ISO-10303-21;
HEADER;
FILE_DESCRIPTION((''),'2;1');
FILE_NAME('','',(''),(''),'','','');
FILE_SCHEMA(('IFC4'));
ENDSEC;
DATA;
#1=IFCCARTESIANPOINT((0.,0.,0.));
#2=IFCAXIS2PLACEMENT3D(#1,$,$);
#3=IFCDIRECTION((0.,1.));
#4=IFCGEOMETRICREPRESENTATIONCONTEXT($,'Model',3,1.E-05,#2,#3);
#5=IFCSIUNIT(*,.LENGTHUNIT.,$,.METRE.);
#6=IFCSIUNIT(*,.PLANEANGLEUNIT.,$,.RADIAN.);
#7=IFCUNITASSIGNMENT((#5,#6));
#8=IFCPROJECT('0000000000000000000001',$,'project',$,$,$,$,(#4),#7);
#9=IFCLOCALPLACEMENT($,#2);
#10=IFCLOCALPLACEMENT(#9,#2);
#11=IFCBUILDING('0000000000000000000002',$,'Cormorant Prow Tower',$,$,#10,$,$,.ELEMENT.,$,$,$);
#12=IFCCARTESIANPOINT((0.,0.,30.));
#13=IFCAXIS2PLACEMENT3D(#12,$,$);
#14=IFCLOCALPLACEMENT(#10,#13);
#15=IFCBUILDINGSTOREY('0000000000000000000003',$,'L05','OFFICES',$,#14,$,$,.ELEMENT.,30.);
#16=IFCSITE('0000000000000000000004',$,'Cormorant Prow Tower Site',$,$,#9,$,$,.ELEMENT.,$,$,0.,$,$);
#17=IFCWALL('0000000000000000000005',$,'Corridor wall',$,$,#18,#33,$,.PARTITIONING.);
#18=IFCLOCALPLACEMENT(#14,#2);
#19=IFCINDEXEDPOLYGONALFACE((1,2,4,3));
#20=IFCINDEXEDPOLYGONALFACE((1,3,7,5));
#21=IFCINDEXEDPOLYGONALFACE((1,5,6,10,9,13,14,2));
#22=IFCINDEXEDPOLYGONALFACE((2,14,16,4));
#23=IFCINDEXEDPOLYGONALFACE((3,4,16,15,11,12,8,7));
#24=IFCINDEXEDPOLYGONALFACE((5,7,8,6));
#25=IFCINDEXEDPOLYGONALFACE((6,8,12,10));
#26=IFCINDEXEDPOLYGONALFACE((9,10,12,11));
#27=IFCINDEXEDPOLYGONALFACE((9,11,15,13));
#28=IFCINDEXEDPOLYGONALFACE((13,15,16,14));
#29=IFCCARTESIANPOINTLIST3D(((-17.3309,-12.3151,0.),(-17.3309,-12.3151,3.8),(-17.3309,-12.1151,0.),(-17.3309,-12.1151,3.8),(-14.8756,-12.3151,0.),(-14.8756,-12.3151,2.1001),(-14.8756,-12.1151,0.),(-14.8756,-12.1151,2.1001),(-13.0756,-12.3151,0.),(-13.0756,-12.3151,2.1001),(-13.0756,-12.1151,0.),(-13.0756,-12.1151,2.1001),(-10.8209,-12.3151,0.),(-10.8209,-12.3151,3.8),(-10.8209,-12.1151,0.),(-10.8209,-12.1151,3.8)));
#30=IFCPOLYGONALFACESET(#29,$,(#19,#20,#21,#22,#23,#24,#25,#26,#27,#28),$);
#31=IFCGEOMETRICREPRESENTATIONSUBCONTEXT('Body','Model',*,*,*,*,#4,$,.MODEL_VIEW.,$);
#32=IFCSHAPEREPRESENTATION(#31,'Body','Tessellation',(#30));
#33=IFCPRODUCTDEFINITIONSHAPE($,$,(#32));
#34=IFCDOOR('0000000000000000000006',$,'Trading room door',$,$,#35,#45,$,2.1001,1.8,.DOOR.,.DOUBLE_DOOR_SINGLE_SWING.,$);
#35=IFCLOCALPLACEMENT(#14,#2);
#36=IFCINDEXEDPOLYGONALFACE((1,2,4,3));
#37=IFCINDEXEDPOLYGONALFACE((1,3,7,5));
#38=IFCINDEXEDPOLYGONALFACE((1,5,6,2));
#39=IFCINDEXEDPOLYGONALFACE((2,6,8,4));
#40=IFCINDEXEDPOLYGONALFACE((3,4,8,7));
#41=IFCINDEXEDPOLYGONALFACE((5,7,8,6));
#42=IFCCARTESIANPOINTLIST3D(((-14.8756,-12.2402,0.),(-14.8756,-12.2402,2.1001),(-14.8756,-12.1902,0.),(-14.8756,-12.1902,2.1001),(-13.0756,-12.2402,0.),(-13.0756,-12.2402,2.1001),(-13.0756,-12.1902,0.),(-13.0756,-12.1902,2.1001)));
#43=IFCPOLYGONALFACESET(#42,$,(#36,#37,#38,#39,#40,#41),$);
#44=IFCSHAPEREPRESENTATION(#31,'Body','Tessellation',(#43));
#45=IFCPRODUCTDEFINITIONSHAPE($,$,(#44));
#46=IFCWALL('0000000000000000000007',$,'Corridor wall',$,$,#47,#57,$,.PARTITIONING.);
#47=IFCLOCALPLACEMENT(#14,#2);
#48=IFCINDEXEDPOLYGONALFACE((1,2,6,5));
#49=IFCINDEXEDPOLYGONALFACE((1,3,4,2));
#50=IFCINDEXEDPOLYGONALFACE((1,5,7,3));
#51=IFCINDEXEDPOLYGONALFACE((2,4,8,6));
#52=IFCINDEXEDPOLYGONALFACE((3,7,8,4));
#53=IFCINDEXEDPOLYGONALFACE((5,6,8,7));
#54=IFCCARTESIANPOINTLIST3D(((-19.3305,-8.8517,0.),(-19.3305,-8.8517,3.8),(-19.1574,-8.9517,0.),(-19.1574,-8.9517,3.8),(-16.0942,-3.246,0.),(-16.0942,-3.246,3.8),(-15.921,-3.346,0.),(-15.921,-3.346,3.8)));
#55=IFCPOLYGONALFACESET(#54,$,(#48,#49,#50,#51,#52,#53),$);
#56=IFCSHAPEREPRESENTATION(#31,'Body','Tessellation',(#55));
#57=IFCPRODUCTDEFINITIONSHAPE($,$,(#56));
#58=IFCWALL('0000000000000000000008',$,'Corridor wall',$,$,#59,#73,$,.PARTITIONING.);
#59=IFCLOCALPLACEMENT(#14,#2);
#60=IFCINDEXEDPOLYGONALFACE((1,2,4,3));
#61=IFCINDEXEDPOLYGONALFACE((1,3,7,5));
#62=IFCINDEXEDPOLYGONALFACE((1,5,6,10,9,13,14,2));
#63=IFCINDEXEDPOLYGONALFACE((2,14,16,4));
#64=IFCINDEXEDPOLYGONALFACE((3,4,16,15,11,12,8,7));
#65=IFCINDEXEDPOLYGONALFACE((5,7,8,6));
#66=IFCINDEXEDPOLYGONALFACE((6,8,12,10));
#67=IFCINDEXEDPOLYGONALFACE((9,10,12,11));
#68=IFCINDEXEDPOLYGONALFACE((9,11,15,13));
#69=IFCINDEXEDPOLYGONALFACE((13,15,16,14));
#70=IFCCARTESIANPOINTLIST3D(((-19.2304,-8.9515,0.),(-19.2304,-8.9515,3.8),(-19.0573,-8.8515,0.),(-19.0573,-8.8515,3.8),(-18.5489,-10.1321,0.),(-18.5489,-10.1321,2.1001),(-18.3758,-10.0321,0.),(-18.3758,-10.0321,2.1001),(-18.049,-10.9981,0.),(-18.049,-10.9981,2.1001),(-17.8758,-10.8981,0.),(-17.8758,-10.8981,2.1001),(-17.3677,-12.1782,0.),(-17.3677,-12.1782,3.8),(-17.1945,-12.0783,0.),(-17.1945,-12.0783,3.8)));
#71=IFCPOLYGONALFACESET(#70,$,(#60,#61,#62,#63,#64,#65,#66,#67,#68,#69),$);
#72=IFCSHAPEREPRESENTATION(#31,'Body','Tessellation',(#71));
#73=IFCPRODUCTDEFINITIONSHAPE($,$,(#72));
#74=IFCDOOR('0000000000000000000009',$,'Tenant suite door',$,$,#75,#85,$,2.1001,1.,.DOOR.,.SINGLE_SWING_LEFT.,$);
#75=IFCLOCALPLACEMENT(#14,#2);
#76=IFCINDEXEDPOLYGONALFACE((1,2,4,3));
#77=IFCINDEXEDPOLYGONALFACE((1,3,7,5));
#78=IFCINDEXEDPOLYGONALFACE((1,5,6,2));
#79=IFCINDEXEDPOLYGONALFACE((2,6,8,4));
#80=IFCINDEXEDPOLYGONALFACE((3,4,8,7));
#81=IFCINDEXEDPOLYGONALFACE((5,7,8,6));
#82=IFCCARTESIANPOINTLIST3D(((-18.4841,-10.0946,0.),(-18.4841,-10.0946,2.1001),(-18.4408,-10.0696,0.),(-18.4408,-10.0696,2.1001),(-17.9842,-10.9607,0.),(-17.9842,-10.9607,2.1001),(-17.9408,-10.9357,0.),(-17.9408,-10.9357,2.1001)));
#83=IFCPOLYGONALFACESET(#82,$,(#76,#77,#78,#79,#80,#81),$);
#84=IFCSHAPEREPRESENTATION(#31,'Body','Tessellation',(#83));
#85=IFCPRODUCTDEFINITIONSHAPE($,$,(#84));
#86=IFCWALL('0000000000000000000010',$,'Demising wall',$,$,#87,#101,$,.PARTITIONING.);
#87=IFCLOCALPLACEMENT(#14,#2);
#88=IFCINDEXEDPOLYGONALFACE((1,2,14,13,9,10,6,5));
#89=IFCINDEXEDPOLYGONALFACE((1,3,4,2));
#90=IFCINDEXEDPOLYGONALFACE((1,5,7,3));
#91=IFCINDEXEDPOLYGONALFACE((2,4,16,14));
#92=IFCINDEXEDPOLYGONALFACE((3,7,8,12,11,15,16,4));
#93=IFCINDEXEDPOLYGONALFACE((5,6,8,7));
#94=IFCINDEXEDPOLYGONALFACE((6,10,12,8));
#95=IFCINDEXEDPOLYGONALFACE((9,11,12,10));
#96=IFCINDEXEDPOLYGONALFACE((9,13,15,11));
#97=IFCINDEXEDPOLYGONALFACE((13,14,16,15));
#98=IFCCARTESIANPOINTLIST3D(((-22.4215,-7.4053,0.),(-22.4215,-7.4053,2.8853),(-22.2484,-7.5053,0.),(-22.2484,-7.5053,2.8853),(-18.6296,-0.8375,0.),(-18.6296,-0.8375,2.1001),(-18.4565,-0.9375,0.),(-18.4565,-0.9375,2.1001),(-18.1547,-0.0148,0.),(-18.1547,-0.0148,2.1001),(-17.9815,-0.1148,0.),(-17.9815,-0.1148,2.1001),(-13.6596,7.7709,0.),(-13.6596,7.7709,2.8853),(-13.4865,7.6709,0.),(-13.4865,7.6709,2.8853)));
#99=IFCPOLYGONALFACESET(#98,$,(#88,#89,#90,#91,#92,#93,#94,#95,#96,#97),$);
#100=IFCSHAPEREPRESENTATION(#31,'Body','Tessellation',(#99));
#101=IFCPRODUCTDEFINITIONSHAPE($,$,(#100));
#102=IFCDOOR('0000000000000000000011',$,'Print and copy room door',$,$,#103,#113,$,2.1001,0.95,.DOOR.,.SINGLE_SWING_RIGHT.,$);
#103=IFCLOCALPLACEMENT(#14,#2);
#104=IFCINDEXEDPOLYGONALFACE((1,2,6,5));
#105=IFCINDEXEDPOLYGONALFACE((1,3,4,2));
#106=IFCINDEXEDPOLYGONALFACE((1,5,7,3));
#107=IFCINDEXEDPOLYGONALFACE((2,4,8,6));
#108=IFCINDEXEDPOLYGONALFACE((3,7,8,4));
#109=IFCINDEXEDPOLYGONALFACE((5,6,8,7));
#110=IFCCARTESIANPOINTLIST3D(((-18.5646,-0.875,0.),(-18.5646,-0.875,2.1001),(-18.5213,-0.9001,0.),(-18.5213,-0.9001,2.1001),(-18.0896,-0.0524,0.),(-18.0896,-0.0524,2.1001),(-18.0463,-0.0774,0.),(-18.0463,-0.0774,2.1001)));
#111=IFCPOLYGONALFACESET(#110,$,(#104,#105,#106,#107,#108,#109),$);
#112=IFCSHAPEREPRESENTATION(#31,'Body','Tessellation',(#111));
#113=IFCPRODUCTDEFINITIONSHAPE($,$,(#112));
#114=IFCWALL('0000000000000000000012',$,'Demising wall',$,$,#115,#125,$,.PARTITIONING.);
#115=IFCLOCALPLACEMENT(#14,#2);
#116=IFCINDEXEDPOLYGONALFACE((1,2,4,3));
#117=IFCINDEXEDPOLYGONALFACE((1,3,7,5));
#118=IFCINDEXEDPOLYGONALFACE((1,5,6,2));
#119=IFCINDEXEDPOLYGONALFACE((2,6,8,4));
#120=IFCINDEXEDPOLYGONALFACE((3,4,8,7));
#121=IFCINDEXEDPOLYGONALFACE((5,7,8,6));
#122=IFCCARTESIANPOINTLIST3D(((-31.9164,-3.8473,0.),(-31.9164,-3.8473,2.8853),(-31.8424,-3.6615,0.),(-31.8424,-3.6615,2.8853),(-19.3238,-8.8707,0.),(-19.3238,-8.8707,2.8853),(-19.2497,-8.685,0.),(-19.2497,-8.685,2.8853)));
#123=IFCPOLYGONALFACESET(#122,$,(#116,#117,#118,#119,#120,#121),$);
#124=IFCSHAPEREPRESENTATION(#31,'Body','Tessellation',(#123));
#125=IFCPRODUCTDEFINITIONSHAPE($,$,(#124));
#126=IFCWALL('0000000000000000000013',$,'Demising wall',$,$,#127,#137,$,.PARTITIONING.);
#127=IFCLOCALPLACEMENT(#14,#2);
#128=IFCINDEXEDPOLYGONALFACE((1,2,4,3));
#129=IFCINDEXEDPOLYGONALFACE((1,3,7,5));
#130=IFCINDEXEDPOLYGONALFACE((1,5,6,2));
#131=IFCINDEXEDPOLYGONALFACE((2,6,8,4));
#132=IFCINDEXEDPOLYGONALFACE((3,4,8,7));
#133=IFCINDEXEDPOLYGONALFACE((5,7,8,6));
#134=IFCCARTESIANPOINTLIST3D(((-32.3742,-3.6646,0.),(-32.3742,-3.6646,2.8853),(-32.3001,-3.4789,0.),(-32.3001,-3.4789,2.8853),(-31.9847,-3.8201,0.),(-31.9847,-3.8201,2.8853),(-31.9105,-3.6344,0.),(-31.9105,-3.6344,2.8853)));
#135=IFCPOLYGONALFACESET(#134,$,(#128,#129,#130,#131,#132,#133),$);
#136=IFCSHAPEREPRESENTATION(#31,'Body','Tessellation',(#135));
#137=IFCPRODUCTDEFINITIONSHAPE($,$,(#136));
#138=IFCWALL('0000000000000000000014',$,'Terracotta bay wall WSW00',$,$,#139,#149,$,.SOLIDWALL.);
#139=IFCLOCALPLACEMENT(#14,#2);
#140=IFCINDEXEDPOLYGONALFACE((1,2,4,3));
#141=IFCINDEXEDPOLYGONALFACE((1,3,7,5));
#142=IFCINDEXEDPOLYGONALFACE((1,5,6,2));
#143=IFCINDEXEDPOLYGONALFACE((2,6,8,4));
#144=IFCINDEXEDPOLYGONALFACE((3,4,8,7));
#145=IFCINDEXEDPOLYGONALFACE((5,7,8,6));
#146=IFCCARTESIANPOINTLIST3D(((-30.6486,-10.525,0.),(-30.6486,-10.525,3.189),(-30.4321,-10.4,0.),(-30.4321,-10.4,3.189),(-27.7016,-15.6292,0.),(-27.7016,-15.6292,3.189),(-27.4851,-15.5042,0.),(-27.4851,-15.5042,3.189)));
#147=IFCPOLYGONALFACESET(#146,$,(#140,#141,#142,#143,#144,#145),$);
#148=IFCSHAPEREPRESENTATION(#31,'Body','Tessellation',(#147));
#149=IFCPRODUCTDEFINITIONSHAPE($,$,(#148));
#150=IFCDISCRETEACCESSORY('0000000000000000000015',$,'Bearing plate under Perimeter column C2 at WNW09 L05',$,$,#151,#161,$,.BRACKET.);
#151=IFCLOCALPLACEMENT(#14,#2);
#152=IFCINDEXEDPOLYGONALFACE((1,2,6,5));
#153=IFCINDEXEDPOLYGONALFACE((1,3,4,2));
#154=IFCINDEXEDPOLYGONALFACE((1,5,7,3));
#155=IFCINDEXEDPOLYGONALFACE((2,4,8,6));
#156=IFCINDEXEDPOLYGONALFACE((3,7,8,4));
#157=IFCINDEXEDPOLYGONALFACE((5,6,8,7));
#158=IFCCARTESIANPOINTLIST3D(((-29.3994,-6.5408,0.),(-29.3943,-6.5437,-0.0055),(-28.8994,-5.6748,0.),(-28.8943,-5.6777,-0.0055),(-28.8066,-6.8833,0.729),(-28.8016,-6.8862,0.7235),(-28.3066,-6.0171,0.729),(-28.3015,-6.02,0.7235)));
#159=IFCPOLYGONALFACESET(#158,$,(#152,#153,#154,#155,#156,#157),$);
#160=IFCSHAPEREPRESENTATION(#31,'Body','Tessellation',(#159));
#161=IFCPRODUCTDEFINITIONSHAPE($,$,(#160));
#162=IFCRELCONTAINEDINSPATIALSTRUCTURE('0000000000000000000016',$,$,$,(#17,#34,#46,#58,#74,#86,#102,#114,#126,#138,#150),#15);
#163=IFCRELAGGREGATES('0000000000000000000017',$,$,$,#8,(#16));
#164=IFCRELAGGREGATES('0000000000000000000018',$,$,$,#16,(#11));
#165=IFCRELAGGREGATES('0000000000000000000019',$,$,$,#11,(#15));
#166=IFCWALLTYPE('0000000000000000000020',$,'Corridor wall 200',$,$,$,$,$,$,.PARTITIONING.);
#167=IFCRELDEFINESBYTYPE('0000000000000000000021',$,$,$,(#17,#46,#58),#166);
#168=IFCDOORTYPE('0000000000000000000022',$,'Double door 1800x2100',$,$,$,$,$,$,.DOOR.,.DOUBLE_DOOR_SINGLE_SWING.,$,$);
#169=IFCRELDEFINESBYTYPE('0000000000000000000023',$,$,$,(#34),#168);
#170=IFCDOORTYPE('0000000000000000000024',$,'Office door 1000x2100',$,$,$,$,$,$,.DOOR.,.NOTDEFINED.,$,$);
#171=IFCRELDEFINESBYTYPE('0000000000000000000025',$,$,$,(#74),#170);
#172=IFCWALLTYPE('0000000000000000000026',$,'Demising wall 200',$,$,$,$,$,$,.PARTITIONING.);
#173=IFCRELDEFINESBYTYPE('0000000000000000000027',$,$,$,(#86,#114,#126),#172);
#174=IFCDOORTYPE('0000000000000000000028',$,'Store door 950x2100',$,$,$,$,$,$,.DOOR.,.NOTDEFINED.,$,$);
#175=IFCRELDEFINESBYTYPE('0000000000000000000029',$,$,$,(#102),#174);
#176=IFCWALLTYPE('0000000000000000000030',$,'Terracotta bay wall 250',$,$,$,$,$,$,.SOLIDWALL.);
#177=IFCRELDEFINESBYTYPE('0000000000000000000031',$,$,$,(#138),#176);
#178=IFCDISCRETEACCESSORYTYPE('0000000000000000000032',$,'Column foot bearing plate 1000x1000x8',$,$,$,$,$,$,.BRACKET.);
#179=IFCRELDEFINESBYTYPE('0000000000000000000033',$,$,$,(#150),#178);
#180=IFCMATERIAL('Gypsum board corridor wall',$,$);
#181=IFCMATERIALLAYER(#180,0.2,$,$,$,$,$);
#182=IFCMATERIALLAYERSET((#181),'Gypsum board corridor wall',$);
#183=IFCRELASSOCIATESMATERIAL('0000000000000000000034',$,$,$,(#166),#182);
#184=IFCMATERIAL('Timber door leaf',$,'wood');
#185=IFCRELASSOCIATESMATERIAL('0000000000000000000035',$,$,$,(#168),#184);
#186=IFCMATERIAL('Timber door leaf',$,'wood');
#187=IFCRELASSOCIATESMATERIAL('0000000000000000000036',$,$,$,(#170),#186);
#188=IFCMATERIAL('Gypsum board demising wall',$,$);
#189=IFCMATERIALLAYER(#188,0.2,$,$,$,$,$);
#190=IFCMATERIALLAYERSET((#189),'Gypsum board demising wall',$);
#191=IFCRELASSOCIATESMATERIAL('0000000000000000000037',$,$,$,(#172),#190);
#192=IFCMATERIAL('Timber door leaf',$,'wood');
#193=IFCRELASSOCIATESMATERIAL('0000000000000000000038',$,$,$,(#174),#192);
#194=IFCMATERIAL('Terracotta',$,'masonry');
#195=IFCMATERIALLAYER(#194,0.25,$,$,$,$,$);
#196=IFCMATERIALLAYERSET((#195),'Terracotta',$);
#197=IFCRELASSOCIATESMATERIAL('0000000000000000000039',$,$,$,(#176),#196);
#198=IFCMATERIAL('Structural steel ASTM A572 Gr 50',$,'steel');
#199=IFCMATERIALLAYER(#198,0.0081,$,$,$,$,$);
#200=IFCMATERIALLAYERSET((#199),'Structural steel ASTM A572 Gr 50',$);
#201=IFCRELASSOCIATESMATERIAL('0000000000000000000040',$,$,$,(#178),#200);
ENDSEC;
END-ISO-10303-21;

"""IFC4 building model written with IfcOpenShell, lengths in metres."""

from ifc_helpers import new_model, si_unit, direction, frame, frame_2d, origin, place, context, subcontext, project, spatial, polyline, rectangle, outline, extrude, material, layer, layer_set, type_object, element, fill, save


model = new_model("IFC4")

# Units and contexts
model_context = context("Model", 3, precision=1e-05, world=origin(), true_north=direction((0.0, 1.0)))
body_context = subcontext(model_context, "Body", "Model", "MODEL_VIEW")
ifc_project = project(units=[si_unit("LENGTHUNIT", "METRE"), si_unit("PLANEANGLEUNIT", "RADIAN")], contexts=[model_context])

# Site, building, storey
site_placement = place(None, origin())
site = spatial("IfcSite", under=ifc_project, at=site_placement, Name="Cormorant Prow Tower Site", CompositionType="ELEMENT", RefElevation=0.0)
building_placement = place(site_placement, origin())
building = spatial("IfcBuilding", under=site, at=building_placement, Name="Cormorant Prow Tower", CompositionType="ELEMENT")
storey_placement = place(building_placement, frame((0.0, 0.0, 30.0)))
storey = spatial("IfcBuildingStorey", under=building, at=storey_placement, Name="L05", Description="OFFICES", CompositionType="ELEMENT", Elevation=30.0)

# Wall, opening, door
ifc_material_1 = material(Name="Gypsum board corridor wall")
ifc_layer_1 = layer(ifc_material_1, 0.2)
ifc_layer_set_1 = layer_set([ifc_layer_1], Name="Gypsum board corridor wall")
wall_type_1 = type_object("IfcWallType", Name="Corridor wall 200", PredefinedType="PARTITIONING", material=ifc_layer_set_1)
wall_1_placement = place(storey_placement, frame((-17.3308, -12.2151, 0.0), z_axis=(0.0, 0.0, 1.0), x_axis=(1.0, 0.0, 0.0)))
wall_1 = element("IfcWall", 1, at=wall_1_placement, inside=storey, type_object=wall_type_1, Name="Corridor wall", PredefinedType="PARTITIONING", context=body_context, shape_type="SweptSolid", body=[
    extrude(rectangle(XDim=6.51, YDim=0.2, at=frame_2d((3.2549, 0.0))), origin(), (0.0, 0.0, 1.0), 3.8),
])
opening_1_placement = place(wall_1_placement, frame((2.4553, 0.0, 0.0)))
opening_1 = element("IfcOpeningElement", 2, at=opening_1_placement, cuts=wall_1, PredefinedType="OPENING", context=body_context, shape_type="SweptSolid", body=[
    extrude(rectangle(XDim=1.8, YDim=2.1001, at=frame_2d((0.8999, 1.05))), frame((0.0, 0.1099, 0.0), z_axis=(0.0, -1.0, 0.0), x_axis=(1.0, 0.0, 0.0)), (0.0, 0.0, 1.0), 0.22),
])
ifc_material_2 = material(Name="Timber door leaf", Category="wood")
door_type_1 = type_object("IfcDoorType", Name="Double door 1800x2100", OperationType="DOUBLE_DOOR_SINGLE_SWING", PredefinedType="DOOR", material=ifc_material_2)
door_1_placement = place(opening_1_placement, origin())
door_1 = element("IfcDoor", 3, at=door_1_placement, inside=storey, type_object=door_type_1, Name="Trading room door", OperationType="DOUBLE_DOOR_SINGLE_SWING", OverallHeight=2.1001, OverallWidth=1.8, PredefinedType="DOOR", context=body_context, shape_type="SweptSolid", body=[
    extrude(rectangle(XDim=1.8, YDim=2.1001, at=frame_2d((0.8999, 1.05))), frame((0.0, 0.0249, 0.0), z_axis=(0.0, -1.0, 0.0), x_axis=(1.0, 0.0, 0.0)), (0.0, 0.0, 1.0), 0.05),
])
fill(opening_1, door_1)

# Wall
wall_2_placement = place(storey_placement, frame((-19.2439, -8.9016, 0.0), z_axis=(0.0, 0.0, 1.0), x_axis=(0.499985, 0.866034, 0.0)))
element("IfcWall", 4, at=wall_2_placement, inside=storey, type_object=wall_type_1, Name="Corridor wall", PredefinedType="PARTITIONING", context=body_context, shape_type="SweptSolid", body=[
    extrude(rectangle(XDim=6.4729, YDim=0.2, at=frame_2d((3.2363, 0.0))), origin(), (0.0, 0.0, 1.0), 3.8),
])

# Walls, openings, doors
wall_3_placement = place(storey_placement, frame((-19.1438, -8.9016, 0.0), z_axis=(0.0, 0.0, 1.0), x_axis=(0.499959, -0.866049, 0.0)))
wall_3 = element("IfcWall", 5, at=wall_3_placement, inside=storey, type_object=wall_type_1, Name="Corridor wall", PredefinedType="PARTITIONING", context=body_context, shape_type="SweptSolid", body=[
    extrude(rectangle(XDim=3.7258, YDim=0.2, at=frame_2d((1.8628, 0.0))), origin(), (0.0, 0.0, 1.0), 3.8),
])
opening_2_placement = place(wall_3_placement, frame((1.363, 0.0, 0.0)))
opening_2 = element("IfcOpeningElement", 6, at=opening_2_placement, cuts=wall_3, PredefinedType="OPENING", context=body_context, shape_type="SweptSolid", body=[
    extrude(rectangle(XDim=1.0, YDim=2.1001, at=frame_2d((0.5, 1.05))), frame((0.0, 0.1099, 0.0), z_axis=(0.0, -1.0, 0.0), x_axis=(1.0, 0.0, 0.0)), (0.0, 0.0, 1.0), 0.22),
])
ifc_material_3 = material(Name="Timber door leaf", Category="wood")
door_type_2 = type_object("IfcDoorType", Name="Office door 1000x2100", OperationType="NOTDEFINED", PredefinedType="DOOR", material=ifc_material_3)
door_2_placement = place(opening_2_placement, origin())
door_2 = element("IfcDoor", 7, at=door_2_placement, inside=storey, type_object=door_type_2, Name="Tenant suite door", OperationType="SINGLE_SWING_LEFT", OverallHeight=2.1001, OverallWidth=1.0, PredefinedType="DOOR", context=body_context, shape_type="SweptSolid", body=[
    extrude(rectangle(XDim=1.0, YDim=2.1001, at=frame_2d((0.5, 1.05))), frame((0.0, 0.0249, 0.0), z_axis=(0.0, -1.0, 0.0), x_axis=(1.0, 0.0, 0.0)), (0.0, 0.0, 1.0), 0.05),
])
fill(opening_2, door_2)
ifc_material_4 = material(Name="Gypsum board demising wall")
ifc_layer_2 = layer(ifc_material_4, 0.2)
ifc_layer_set_2 = layer_set([ifc_layer_2], Name="Gypsum board demising wall")
wall_type_2 = type_object("IfcWallType", Name="Demising wall 200", PredefinedType="PARTITIONING", material=ifc_layer_set_2)
wall_4_placement = place(storey_placement, frame((-22.335, -7.4553, 0.0), z_axis=(0.0, 0.0, 1.0), x_axis=(0.499997, 0.866027, 0.0)))
wall_4 = element("IfcWall", 8, at=wall_4_placement, inside=storey, type_object=wall_type_2, Name="Demising wall", PredefinedType="PARTITIONING", context=body_context, shape_type="SweptSolid", body=[
    extrude(rectangle(XDim=17.5239, YDim=0.2, at=frame_2d((8.762, 0.0))), origin(), (0.0, 0.0, 1.0), 2.8853),
])
opening_3_placement = place(wall_4_placement, frame((7.5837, 0.0, 0.0)))
opening_3 = element("IfcOpeningElement", 9, at=opening_3_placement, cuts=wall_4, PredefinedType="OPENING", context=body_context, shape_type="SweptSolid", body=[
    extrude(rectangle(XDim=0.95, YDim=2.1001, at=frame_2d((0.4751, 1.05))), frame((0.0, 0.1099, 0.0), z_axis=(0.0, -1.0, 0.0), x_axis=(1.0, 0.0, 0.0)), (0.0, 0.0, 1.0), 0.22),
])
ifc_material_5 = material(Name="Timber door leaf", Category="wood")
door_type_3 = type_object("IfcDoorType", Name="Store door 950x2100", OperationType="NOTDEFINED", PredefinedType="DOOR", material=ifc_material_5)
door_3_placement = place(opening_3_placement, origin())
door_3 = element("IfcDoor", 10, at=door_3_placement, inside=storey, type_object=door_type_3, Name="Print and copy room door", OperationType="SINGLE_SWING_RIGHT", OverallHeight=2.1001, OverallWidth=0.95, PredefinedType="DOOR", context=body_context, shape_type="SweptSolid", body=[
    extrude(rectangle(XDim=0.95, YDim=2.1001, at=frame_2d((0.4751, 1.05))), frame((0.0, 0.0249, 0.0), z_axis=(0.0, -1.0, 0.0), x_axis=(1.0, 0.0, 0.0)), (0.0, 0.0, 1.0), 0.05),
])
fill(opening_3, door_3)

# Walls
wall_5_placement = place(storey_placement, frame((-31.8794, -3.7544, 0.0), z_axis=(0.0, 0.0, 1.0), x_axis=(0.928822, -0.370527, 0.0)))
element("IfcWall", 11, at=wall_5_placement, inside=storey, type_object=wall_type_2, Name="Demising wall", PredefinedType="PARTITIONING", context=body_context, shape_type="SweptSolid", body=[
    extrude(rectangle(XDim=13.5576, YDim=0.2, at=frame_2d((6.7788, 0.0))), origin(), (0.0, 0.0, 1.0), 2.8853),
])
wall_6_placement = place(storey_placement, frame((-32.3372, -3.5718, 0.0), z_axis=(0.0, 0.0, 1.0), x_axis=(0.928757, -0.370688, 0.0)))
element("IfcWall", 12, at=wall_6_placement, inside=storey, type_object=wall_type_2, Name="Demising wall", PredefinedType="PARTITIONING", context=body_context, shape_type="SweptSolid", body=[
    extrude(rectangle(XDim=0.4194, YDim=0.2, at=frame_2d((0.2097, 0.0))), origin(), (0.0, 0.0, 1.0), 2.8853),
])
ifc_material_6 = material(Name="Terracotta", Category="masonry")
ifc_layer_3 = layer(ifc_material_6, 0.25)
ifc_layer_set_3 = layer_set([ifc_layer_3], Name="Terracotta")
wall_type_3 = type_object("IfcWallType", Name="Terracotta bay wall 250", PredefinedType="SOLIDWALL", material=ifc_layer_set_3)
wall_7_placement = place(storey_placement, frame((-30.5403, -10.4626, 0.0), z_axis=(0.0, 0.0, 1.0), x_axis=(0.50001, -0.866019, 0.0)))
element("IfcWall", 13, at=wall_7_placement, inside=storey, type_object=wall_type_3, Name="Terracotta bay wall WSW00", PredefinedType="SOLIDWALL", context=body_context, shape_type="SweptSolid", body=[
    extrude(rectangle(XDim=5.8938, YDim=0.25, at=frame_2d((2.9468, 0.0))), origin(), (0.0, 0.0, 1.0), 3.189),
])

# Discrete accessory
ifc_material_7 = material(Name="Structural steel ASTM A572 Gr 50", Category="steel")
ifc_layer_4 = layer(ifc_material_7, 0.0081)
ifc_layer_set_4 = layer_set([ifc_layer_4], Name="Structural steel ASTM A572 Gr 50")
discrete_accessory_type_1 = type_object("IfcDiscreteAccessoryType", Name="Column foot bearing plate 1000x1000x8", PredefinedType="BRACKET", material=ifc_layer_set_4)
discrete_accessory_1_placement = place(storey_placement, frame((-28.8066, -6.8833, 0.729), z_axis=(-0.631325, 0.364469, 0.684537), x_axis=(0.499948, 0.866056, -0.00003)))
element("IfcDiscreteAccessory", 14, at=discrete_accessory_1_placement, inside=storey, type_object=discrete_accessory_type_1, Name="Bearing plate under Perimeter column C2 at WNW09 L05", PredefinedType="BRACKET", context=body_context, shape_type="SweptSolid", body=[
    extrude(outline(polyline([(0.0, 0.0), (1.0002, 0.0), (1.0003, 1.0), (0.0003, 1.0001), (0.0, 0.0)])), origin(), (0.0, 0.0, -1.0), 0.0081),
])

save(model, "model.ifc")
